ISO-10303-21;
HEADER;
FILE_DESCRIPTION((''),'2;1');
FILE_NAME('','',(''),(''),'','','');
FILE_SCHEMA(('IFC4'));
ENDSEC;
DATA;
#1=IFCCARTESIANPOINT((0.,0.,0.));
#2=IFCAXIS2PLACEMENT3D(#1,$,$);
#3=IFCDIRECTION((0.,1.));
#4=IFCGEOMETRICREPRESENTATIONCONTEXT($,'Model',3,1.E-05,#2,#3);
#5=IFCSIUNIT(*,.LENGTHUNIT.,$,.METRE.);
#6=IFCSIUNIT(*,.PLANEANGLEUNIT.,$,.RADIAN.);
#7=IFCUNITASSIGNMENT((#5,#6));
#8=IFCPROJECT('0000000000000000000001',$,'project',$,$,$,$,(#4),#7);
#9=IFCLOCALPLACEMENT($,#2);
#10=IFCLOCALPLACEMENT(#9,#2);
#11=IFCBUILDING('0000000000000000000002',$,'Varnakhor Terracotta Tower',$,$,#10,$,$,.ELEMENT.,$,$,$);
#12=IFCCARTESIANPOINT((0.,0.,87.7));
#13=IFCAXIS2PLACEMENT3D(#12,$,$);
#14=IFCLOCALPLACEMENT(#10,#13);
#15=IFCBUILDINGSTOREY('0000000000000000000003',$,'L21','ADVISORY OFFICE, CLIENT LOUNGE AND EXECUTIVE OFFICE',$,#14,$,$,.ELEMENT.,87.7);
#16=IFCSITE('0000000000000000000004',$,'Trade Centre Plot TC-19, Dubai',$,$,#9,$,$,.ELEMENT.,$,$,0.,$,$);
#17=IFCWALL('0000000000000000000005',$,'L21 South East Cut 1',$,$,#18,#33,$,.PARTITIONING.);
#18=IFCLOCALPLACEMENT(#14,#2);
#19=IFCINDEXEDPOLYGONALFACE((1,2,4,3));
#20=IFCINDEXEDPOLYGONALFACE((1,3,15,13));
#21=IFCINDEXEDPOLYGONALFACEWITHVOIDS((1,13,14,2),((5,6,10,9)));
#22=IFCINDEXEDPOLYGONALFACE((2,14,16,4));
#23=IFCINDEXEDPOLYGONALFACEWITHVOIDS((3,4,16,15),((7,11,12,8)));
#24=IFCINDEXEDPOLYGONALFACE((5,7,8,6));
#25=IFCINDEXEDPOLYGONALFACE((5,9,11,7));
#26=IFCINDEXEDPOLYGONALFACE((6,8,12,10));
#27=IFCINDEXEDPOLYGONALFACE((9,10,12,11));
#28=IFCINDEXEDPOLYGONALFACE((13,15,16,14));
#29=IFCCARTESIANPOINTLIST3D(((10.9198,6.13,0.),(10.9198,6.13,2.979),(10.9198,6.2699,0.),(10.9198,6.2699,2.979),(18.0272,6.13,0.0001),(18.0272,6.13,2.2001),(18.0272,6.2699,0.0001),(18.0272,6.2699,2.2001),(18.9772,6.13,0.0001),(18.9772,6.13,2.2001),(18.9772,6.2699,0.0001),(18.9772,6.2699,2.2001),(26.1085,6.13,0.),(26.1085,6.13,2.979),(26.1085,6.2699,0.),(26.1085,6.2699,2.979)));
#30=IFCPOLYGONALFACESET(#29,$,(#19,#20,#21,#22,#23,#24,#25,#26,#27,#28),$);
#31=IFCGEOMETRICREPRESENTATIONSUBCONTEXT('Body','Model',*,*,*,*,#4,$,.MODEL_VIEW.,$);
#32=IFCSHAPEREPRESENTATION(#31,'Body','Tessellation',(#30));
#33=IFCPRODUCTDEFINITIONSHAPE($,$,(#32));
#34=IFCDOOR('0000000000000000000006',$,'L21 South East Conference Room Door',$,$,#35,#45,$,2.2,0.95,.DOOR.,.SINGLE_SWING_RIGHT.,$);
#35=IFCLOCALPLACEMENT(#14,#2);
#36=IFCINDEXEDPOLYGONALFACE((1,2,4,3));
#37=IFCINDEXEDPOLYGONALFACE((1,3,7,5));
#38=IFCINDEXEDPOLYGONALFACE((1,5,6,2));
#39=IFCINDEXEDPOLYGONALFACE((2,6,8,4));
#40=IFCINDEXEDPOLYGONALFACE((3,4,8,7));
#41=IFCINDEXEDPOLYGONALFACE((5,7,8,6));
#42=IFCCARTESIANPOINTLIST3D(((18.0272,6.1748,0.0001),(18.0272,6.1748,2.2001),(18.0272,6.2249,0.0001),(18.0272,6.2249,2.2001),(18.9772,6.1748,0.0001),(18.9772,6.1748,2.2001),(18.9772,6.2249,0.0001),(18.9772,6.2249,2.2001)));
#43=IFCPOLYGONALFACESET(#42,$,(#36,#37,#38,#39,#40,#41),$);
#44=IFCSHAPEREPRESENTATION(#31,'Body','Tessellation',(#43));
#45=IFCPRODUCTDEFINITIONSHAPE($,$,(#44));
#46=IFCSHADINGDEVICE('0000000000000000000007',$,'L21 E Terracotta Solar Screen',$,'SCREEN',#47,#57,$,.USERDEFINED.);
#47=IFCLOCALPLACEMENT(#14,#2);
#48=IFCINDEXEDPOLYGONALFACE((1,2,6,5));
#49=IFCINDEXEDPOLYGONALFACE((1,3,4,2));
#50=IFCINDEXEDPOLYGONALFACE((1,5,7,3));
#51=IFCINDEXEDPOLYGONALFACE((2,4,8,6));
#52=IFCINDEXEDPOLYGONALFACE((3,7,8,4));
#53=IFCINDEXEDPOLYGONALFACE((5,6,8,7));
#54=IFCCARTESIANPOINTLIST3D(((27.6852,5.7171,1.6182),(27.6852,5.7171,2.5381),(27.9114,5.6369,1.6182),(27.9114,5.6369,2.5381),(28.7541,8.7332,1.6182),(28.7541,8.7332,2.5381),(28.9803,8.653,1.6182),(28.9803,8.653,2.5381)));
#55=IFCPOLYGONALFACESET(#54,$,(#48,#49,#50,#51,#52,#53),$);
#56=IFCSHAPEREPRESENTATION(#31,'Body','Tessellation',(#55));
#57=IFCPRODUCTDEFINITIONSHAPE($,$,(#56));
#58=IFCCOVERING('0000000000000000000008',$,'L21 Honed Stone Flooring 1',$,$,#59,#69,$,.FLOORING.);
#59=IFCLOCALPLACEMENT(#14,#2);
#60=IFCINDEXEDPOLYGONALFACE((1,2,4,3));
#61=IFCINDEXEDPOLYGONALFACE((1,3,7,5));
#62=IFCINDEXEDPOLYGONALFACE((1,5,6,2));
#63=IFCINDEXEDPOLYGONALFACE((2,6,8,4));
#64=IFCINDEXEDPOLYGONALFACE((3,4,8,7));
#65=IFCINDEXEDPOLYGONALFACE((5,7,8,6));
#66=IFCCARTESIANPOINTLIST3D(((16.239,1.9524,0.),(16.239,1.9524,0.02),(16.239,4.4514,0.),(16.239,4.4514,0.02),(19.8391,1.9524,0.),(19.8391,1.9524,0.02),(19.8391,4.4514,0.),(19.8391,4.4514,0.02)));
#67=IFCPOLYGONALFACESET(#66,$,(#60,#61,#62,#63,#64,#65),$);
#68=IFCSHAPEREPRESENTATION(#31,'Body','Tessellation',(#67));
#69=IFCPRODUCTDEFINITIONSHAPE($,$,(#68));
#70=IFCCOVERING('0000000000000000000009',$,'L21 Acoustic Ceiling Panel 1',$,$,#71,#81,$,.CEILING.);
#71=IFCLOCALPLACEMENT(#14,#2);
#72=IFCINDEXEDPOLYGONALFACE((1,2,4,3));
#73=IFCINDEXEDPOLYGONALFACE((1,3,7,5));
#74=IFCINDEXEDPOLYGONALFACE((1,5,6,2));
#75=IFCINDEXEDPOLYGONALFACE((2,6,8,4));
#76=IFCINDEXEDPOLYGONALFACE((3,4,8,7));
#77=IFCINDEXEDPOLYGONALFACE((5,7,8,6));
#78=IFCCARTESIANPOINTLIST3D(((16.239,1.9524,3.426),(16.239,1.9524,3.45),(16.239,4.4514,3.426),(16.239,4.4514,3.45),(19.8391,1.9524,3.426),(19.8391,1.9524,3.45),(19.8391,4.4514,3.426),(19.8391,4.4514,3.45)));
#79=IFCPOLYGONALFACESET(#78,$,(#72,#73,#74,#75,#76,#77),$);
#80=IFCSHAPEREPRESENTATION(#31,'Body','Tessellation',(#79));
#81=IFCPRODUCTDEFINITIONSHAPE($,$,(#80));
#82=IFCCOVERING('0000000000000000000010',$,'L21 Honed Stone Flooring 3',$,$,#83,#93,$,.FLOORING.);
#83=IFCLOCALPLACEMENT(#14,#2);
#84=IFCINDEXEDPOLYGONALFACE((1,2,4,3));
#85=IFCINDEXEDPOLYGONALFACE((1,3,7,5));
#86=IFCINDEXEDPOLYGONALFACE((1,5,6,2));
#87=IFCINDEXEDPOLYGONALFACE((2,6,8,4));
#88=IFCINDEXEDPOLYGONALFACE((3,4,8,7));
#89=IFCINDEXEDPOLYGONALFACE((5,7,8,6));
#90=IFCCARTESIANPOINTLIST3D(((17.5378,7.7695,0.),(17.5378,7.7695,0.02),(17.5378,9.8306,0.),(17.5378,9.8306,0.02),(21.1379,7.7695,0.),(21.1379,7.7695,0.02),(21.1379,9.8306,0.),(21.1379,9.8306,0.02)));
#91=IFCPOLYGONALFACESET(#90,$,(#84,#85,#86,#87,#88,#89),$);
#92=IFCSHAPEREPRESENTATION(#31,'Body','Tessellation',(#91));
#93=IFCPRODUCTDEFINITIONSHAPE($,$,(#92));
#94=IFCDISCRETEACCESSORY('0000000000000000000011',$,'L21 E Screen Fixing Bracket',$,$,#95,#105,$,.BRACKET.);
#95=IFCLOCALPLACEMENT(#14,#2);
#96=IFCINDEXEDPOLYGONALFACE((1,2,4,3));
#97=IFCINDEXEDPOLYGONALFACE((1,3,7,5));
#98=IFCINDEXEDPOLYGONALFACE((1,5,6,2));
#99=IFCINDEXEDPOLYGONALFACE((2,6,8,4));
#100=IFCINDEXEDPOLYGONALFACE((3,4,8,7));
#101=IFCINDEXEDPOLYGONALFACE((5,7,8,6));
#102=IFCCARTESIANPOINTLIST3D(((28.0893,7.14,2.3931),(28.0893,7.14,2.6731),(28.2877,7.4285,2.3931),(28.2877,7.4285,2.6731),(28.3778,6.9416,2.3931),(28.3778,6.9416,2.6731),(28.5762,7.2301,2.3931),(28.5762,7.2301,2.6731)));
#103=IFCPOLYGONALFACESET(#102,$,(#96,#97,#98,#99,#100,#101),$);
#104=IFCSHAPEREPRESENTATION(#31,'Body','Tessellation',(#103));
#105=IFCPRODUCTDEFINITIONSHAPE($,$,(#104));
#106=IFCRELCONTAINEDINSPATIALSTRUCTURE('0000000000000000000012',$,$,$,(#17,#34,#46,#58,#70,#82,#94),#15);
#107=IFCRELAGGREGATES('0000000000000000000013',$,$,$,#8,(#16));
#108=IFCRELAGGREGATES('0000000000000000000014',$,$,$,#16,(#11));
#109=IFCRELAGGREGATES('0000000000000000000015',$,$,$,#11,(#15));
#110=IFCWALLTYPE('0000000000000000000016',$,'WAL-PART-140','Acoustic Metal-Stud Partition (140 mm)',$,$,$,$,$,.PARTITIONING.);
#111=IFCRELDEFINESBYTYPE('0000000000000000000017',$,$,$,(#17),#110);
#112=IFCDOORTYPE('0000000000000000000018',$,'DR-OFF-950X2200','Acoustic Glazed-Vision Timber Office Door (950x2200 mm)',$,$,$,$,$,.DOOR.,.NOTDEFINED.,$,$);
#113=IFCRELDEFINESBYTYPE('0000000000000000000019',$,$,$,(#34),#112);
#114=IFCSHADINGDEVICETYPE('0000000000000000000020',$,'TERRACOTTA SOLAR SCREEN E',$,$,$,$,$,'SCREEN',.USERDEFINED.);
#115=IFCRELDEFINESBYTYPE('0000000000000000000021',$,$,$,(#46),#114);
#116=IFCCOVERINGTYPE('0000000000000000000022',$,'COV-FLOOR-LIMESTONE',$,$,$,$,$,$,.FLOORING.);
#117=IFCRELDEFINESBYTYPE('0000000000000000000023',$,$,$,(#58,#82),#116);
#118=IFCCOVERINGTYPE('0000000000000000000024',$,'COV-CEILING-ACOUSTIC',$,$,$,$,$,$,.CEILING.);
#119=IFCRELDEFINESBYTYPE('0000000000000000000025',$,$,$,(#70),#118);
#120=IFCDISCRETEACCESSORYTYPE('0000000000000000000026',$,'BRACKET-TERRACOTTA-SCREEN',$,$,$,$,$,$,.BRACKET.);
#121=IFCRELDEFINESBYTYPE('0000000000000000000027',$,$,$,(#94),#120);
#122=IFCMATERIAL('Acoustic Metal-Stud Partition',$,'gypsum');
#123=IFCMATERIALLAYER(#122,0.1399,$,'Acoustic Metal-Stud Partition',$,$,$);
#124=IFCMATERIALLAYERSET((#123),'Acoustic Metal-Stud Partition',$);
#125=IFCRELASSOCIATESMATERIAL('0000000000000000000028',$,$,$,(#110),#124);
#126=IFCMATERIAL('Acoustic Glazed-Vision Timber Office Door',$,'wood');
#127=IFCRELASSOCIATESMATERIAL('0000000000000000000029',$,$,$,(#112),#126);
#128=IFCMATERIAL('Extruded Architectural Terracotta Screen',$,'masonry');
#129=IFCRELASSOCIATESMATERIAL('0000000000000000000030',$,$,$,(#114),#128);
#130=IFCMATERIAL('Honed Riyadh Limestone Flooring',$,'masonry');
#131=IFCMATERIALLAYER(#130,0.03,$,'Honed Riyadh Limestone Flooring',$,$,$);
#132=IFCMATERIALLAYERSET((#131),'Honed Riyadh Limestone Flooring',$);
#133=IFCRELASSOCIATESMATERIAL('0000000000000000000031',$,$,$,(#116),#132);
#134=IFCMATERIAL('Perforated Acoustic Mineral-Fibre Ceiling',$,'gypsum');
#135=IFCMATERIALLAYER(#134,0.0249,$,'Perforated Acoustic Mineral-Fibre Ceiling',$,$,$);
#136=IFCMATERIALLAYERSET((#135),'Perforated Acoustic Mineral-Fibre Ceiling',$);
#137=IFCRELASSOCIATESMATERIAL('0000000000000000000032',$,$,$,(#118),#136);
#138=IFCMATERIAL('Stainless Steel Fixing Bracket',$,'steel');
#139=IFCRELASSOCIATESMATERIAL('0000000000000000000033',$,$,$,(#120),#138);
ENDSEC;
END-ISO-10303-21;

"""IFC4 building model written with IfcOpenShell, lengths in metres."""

from ifc_helpers import new_model, si_unit, direction, frame, frame_2d, origin, origin_2d, place, context, subcontext, project, spatial, rectangle, extrude, source, transform, mapped, material, layer, layer_set, type_object, type_shapes, element, fill, save


model = new_model("IFC4")

# Units and contexts
model_context = context("Model", 3, precision=1e-05, world=origin(), true_north=direction((0.0, 1.0)))
body_context = subcontext(model_context, "Body", "Model", "MODEL_VIEW")
ifc_project = project(units=[si_unit("LENGTHUNIT", "METRE"), si_unit("PLANEANGLEUNIT", "RADIAN")], contexts=[model_context])

# Site, building, storey
site_placement = place(None, origin())
site = spatial("IfcSite", under=ifc_project, at=site_placement, Name="Trade Centre Plot TC-19, Dubai", CompositionType="ELEMENT", RefElevation=0.0)
building_placement = place(site_placement, origin())
building = spatial("IfcBuilding", under=site, at=building_placement, Name="Varnakhor Terracotta Tower", CompositionType="ELEMENT")
storey_placement = place(building_placement, frame((0.0, 0.0, 87.7)))
storey = spatial("IfcBuildingStorey", under=building, at=storey_placement, Name="L21", Description="ADVISORY OFFICE, CLIENT LOUNGE AND EXECUTIVE OFFICE", CompositionType="ELEMENT", Elevation=87.7)

# Wall, opening, door
ifc_material_1 = material(Name="Acoustic Metal-Stud Partition", Category="gypsum")
ifc_layer_1 = layer(ifc_material_1, 0.1399, Name="Acoustic Metal-Stud Partition")
ifc_layer_set_1 = layer_set([ifc_layer_1], Name="Acoustic Metal-Stud Partition")
wall_type_1 = type_object("IfcWallType", Name="WAL-PART-140", Description="Acoustic Metal-Stud Partition (140 mm)", PredefinedType="PARTITIONING", material=ifc_layer_set_1)
wall_1_placement = place(storey_placement, frame((10.9199, 6.2, 0.0), z_axis=(0.0, 0.0, 1.0), x_axis=(1.0, 0.0, 0.0)))
wall_1 = element("IfcWall", 1, at=wall_1_placement, inside=storey, type_object=wall_type_1, Name="L21 South East Cut 1", PredefinedType="PARTITIONING", context=body_context, shape_type="SweptSolid", body=[
    extrude(rectangle(XDim=15.1887, YDim=0.1399, at=frame_2d((7.5942, 0.0))), origin(), (0.0, 0.0, 1.0), 2.979),
])
opening_placement = place(wall_1_placement, frame((7.1072, 0.0, 0.0)))
opening = element("IfcOpeningElement", 2, at=opening_placement, cuts=wall_1, PredefinedType="OPENING", context=body_context, shape_type="SweptSolid", body=[
    extrude(rectangle(XDim=0.95, YDim=2.2, at=frame_2d((0.4751, 1.1001))), frame((0.0, 0.0801, 0.0), z_axis=(0.0, -1.0, 0.0), x_axis=(1.0, 0.0, 0.0)), (0.0, 0.0, 1.0), 0.1599),
])
ifc_material_2 = material(Name="Acoustic Glazed-Vision Timber Office Door", Category="wood")
door_type = type_object("IfcDoorType", Name="DR-OFF-950X2200", Description="Acoustic Glazed-Vision Timber Office Door (950x2200 mm)", OperationType="NOTDEFINED", PredefinedType="DOOR", material=ifc_material_2)
shared_shape_1 = source(origin(), body_context, "Body", "SweptSolid", [
    extrude(rectangle(XDim=0.95, YDim=2.2, at=frame_2d((0.4751, 1.1001))), frame((0.0, 0.0249, 0.0), z_axis=(0.0, -1.0, 0.0), x_axis=(1.0, 0.0, 0.0)), (0.0, 0.0, 1.0), 0.05),
])
type_shapes(door_type, [shared_shape_1])
door_placement = place(opening_placement, origin())
door = element("IfcDoor", 3, at=door_placement, inside=storey, type_object=door_type, Name="L21 South East Conference Room Door", OperationType="SINGLE_SWING_RIGHT", OverallHeight=2.2, OverallWidth=0.95, PredefinedType="DOOR", context=body_context, shape_type="MappedRepresentation", body=[
    mapped(shared_shape_1, transform((0.0, 0.0, 0.0), scale=1.0)),
])
fill(opening, door)

# Shading device
ifc_material_3 = material(Name="Extruded Architectural Terracotta Screen", Category="masonry")
shading_device_type = type_object("IfcShadingDeviceType", Name="TERRACOTTA SOLAR SCREEN E", ElementType="SCREEN", PredefinedType="USERDEFINED", material=ifc_material_3)
shared_shape_2 = source(origin(), body_context, "Body", "SweptSolid", [
    extrude(rectangle(XDim=3.2, YDim=0.24, at=origin_2d()), origin(), (0.0, 0.0, 1.0), 0.9199),
])
type_shapes(shading_device_type, [shared_shape_2])
shading_device_placement = place(storey_placement, frame((28.3328, 7.1851, 1.6182), z_axis=(0.0, 0.0, 1.0), x_axis=(0.334037, 0.94256, 0.0)))
element("IfcShadingDevice", 4, at=shading_device_placement, inside=storey, type_object=shading_device_type, Name="L21 E Terracotta Solar Screen", ObjectType="SCREEN", PredefinedType="USERDEFINED", context=body_context, shape_type="MappedRepresentation", body=[
    mapped(shared_shape_2, transform((0.0, 0.0, 0.0), scale=1.0)),
])

# Coverings
ifc_material_4 = material(Name="Honed Riyadh Limestone Flooring", Category="masonry")
ifc_layer_2 = layer(ifc_material_4, 0.03, Name="Honed Riyadh Limestone Flooring")
ifc_layer_set_2 = layer_set([ifc_layer_2], Name="Honed Riyadh Limestone Flooring")
covering_type_1 = type_object("IfcCoveringType", Name="COV-FLOOR-LIMESTONE", PredefinedType="FLOORING", material=ifc_layer_set_2)
shared_shape_3 = source(origin(), body_context, "Body", "SweptSolid", [
    extrude(rectangle(XDim=3.6001, YDim=2.499, at=origin_2d()), origin(), (0.0, 0.0, 1.0), 0.02),
])
covering_1_placement = place(storey_placement, frame((18.0391, 3.2019, 0.0), z_axis=(0.0, 0.0, 1.0), x_axis=(1.0, 0.0, 0.0)))
element("IfcCovering", 5, at=covering_1_placement, inside=storey, type_object=covering_type_1, Name="L21 Honed Stone Flooring 1", PredefinedType="FLOORING", context=body_context, shape_type="MappedRepresentation", body=[
    mapped(shared_shape_3, transform((0.0, 0.0, 0.0), scale=1.0)),
])
ifc_material_5 = material(Name="Perforated Acoustic Mineral-Fibre Ceiling", Category="gypsum")
ifc_layer_3 = layer(ifc_material_5, 0.0249, Name="Perforated Acoustic Mineral-Fibre Ceiling")
ifc_layer_set_3 = layer_set([ifc_layer_3], Name="Perforated Acoustic Mineral-Fibre Ceiling")
covering_type_2 = type_object("IfcCoveringType", Name="COV-CEILING-ACOUSTIC", PredefinedType="CEILING", material=ifc_layer_set_3)
shared_shape_4 = source(origin(), body_context, "Body", "SweptSolid", [
    extrude(rectangle(XDim=3.6001, YDim=2.499, at=origin_2d()), origin(), (0.0, 0.0, 1.0), 0.0239),
])
covering_2_placement = place(storey_placement, frame((18.0391, 3.2019, 3.426), z_axis=(0.0, 0.0, 1.0), x_axis=(1.0, 0.0, 0.0)))
element("IfcCovering", 6, at=covering_2_placement, inside=storey, type_object=covering_type_2, Name="L21 Acoustic Ceiling Panel 1", PredefinedType="CEILING", context=body_context, shape_type="MappedRepresentation", body=[
    mapped(shared_shape_4, transform((0.0, 0.0, 0.0), scale=1.0)),
])
shared_shape_5 = source(origin(), body_context, "Body", "SweptSolid", [
    extrude(rectangle(XDim=3.6001, YDim=2.061, at=origin_2d()), origin(), (0.0, 0.0, 1.0), 0.02),
])
covering_3_placement = place(storey_placement, frame((19.3379, 8.8, 0.0), z_axis=(0.0, 0.0, 1.0), x_axis=(1.0, 0.0, 0.0)))
element("IfcCovering", 7, at=covering_3_placement, inside=storey, type_object=covering_type_1, Name="L21 Honed Stone Flooring 3", PredefinedType="FLOORING", context=body_context, shape_type="MappedRepresentation", body=[
    mapped(shared_shape_5, transform((0.0, 0.0, 0.0), scale=1.0)),
])

# Discrete accessory
ifc_material_6 = material(Name="Stainless Steel Fixing Bracket", Category="steel")
discrete_accessory_type = type_object("IfcDiscreteAccessoryType", Name="BRACKET-TERRACOTTA-SCREEN", PredefinedType="BRACKET", material=ifc_material_6)
shared_shape_6 = source(origin(), body_context, "Body", "SweptSolid", [
    extrude(rectangle(XDim=0.3501, YDim=0.3501, at=origin_2d()), origin(), (0.0, 0.0, 1.0), 0.28),
])
type_shapes(discrete_accessory_type, [shared_shape_6])
discrete_accessory_placement = place(storey_placement, frame((28.3328, 7.1851, 2.3931), z_axis=(0.0, 0.0, 1.0), x_axis=(0.566608, 0.823988, 0.0)))
element("IfcDiscreteAccessory", 8, at=discrete_accessory_placement, inside=storey, type_object=discrete_accessory_type, Name="L21 E Screen Fixing Bracket", PredefinedType="BRACKET", context=body_context, shape_type="MappedRepresentation", body=[
    mapped(shared_shape_6, transform((0.0, 0.0, 0.0), scale=1.0)),
])

save(model, "model.ifc")
